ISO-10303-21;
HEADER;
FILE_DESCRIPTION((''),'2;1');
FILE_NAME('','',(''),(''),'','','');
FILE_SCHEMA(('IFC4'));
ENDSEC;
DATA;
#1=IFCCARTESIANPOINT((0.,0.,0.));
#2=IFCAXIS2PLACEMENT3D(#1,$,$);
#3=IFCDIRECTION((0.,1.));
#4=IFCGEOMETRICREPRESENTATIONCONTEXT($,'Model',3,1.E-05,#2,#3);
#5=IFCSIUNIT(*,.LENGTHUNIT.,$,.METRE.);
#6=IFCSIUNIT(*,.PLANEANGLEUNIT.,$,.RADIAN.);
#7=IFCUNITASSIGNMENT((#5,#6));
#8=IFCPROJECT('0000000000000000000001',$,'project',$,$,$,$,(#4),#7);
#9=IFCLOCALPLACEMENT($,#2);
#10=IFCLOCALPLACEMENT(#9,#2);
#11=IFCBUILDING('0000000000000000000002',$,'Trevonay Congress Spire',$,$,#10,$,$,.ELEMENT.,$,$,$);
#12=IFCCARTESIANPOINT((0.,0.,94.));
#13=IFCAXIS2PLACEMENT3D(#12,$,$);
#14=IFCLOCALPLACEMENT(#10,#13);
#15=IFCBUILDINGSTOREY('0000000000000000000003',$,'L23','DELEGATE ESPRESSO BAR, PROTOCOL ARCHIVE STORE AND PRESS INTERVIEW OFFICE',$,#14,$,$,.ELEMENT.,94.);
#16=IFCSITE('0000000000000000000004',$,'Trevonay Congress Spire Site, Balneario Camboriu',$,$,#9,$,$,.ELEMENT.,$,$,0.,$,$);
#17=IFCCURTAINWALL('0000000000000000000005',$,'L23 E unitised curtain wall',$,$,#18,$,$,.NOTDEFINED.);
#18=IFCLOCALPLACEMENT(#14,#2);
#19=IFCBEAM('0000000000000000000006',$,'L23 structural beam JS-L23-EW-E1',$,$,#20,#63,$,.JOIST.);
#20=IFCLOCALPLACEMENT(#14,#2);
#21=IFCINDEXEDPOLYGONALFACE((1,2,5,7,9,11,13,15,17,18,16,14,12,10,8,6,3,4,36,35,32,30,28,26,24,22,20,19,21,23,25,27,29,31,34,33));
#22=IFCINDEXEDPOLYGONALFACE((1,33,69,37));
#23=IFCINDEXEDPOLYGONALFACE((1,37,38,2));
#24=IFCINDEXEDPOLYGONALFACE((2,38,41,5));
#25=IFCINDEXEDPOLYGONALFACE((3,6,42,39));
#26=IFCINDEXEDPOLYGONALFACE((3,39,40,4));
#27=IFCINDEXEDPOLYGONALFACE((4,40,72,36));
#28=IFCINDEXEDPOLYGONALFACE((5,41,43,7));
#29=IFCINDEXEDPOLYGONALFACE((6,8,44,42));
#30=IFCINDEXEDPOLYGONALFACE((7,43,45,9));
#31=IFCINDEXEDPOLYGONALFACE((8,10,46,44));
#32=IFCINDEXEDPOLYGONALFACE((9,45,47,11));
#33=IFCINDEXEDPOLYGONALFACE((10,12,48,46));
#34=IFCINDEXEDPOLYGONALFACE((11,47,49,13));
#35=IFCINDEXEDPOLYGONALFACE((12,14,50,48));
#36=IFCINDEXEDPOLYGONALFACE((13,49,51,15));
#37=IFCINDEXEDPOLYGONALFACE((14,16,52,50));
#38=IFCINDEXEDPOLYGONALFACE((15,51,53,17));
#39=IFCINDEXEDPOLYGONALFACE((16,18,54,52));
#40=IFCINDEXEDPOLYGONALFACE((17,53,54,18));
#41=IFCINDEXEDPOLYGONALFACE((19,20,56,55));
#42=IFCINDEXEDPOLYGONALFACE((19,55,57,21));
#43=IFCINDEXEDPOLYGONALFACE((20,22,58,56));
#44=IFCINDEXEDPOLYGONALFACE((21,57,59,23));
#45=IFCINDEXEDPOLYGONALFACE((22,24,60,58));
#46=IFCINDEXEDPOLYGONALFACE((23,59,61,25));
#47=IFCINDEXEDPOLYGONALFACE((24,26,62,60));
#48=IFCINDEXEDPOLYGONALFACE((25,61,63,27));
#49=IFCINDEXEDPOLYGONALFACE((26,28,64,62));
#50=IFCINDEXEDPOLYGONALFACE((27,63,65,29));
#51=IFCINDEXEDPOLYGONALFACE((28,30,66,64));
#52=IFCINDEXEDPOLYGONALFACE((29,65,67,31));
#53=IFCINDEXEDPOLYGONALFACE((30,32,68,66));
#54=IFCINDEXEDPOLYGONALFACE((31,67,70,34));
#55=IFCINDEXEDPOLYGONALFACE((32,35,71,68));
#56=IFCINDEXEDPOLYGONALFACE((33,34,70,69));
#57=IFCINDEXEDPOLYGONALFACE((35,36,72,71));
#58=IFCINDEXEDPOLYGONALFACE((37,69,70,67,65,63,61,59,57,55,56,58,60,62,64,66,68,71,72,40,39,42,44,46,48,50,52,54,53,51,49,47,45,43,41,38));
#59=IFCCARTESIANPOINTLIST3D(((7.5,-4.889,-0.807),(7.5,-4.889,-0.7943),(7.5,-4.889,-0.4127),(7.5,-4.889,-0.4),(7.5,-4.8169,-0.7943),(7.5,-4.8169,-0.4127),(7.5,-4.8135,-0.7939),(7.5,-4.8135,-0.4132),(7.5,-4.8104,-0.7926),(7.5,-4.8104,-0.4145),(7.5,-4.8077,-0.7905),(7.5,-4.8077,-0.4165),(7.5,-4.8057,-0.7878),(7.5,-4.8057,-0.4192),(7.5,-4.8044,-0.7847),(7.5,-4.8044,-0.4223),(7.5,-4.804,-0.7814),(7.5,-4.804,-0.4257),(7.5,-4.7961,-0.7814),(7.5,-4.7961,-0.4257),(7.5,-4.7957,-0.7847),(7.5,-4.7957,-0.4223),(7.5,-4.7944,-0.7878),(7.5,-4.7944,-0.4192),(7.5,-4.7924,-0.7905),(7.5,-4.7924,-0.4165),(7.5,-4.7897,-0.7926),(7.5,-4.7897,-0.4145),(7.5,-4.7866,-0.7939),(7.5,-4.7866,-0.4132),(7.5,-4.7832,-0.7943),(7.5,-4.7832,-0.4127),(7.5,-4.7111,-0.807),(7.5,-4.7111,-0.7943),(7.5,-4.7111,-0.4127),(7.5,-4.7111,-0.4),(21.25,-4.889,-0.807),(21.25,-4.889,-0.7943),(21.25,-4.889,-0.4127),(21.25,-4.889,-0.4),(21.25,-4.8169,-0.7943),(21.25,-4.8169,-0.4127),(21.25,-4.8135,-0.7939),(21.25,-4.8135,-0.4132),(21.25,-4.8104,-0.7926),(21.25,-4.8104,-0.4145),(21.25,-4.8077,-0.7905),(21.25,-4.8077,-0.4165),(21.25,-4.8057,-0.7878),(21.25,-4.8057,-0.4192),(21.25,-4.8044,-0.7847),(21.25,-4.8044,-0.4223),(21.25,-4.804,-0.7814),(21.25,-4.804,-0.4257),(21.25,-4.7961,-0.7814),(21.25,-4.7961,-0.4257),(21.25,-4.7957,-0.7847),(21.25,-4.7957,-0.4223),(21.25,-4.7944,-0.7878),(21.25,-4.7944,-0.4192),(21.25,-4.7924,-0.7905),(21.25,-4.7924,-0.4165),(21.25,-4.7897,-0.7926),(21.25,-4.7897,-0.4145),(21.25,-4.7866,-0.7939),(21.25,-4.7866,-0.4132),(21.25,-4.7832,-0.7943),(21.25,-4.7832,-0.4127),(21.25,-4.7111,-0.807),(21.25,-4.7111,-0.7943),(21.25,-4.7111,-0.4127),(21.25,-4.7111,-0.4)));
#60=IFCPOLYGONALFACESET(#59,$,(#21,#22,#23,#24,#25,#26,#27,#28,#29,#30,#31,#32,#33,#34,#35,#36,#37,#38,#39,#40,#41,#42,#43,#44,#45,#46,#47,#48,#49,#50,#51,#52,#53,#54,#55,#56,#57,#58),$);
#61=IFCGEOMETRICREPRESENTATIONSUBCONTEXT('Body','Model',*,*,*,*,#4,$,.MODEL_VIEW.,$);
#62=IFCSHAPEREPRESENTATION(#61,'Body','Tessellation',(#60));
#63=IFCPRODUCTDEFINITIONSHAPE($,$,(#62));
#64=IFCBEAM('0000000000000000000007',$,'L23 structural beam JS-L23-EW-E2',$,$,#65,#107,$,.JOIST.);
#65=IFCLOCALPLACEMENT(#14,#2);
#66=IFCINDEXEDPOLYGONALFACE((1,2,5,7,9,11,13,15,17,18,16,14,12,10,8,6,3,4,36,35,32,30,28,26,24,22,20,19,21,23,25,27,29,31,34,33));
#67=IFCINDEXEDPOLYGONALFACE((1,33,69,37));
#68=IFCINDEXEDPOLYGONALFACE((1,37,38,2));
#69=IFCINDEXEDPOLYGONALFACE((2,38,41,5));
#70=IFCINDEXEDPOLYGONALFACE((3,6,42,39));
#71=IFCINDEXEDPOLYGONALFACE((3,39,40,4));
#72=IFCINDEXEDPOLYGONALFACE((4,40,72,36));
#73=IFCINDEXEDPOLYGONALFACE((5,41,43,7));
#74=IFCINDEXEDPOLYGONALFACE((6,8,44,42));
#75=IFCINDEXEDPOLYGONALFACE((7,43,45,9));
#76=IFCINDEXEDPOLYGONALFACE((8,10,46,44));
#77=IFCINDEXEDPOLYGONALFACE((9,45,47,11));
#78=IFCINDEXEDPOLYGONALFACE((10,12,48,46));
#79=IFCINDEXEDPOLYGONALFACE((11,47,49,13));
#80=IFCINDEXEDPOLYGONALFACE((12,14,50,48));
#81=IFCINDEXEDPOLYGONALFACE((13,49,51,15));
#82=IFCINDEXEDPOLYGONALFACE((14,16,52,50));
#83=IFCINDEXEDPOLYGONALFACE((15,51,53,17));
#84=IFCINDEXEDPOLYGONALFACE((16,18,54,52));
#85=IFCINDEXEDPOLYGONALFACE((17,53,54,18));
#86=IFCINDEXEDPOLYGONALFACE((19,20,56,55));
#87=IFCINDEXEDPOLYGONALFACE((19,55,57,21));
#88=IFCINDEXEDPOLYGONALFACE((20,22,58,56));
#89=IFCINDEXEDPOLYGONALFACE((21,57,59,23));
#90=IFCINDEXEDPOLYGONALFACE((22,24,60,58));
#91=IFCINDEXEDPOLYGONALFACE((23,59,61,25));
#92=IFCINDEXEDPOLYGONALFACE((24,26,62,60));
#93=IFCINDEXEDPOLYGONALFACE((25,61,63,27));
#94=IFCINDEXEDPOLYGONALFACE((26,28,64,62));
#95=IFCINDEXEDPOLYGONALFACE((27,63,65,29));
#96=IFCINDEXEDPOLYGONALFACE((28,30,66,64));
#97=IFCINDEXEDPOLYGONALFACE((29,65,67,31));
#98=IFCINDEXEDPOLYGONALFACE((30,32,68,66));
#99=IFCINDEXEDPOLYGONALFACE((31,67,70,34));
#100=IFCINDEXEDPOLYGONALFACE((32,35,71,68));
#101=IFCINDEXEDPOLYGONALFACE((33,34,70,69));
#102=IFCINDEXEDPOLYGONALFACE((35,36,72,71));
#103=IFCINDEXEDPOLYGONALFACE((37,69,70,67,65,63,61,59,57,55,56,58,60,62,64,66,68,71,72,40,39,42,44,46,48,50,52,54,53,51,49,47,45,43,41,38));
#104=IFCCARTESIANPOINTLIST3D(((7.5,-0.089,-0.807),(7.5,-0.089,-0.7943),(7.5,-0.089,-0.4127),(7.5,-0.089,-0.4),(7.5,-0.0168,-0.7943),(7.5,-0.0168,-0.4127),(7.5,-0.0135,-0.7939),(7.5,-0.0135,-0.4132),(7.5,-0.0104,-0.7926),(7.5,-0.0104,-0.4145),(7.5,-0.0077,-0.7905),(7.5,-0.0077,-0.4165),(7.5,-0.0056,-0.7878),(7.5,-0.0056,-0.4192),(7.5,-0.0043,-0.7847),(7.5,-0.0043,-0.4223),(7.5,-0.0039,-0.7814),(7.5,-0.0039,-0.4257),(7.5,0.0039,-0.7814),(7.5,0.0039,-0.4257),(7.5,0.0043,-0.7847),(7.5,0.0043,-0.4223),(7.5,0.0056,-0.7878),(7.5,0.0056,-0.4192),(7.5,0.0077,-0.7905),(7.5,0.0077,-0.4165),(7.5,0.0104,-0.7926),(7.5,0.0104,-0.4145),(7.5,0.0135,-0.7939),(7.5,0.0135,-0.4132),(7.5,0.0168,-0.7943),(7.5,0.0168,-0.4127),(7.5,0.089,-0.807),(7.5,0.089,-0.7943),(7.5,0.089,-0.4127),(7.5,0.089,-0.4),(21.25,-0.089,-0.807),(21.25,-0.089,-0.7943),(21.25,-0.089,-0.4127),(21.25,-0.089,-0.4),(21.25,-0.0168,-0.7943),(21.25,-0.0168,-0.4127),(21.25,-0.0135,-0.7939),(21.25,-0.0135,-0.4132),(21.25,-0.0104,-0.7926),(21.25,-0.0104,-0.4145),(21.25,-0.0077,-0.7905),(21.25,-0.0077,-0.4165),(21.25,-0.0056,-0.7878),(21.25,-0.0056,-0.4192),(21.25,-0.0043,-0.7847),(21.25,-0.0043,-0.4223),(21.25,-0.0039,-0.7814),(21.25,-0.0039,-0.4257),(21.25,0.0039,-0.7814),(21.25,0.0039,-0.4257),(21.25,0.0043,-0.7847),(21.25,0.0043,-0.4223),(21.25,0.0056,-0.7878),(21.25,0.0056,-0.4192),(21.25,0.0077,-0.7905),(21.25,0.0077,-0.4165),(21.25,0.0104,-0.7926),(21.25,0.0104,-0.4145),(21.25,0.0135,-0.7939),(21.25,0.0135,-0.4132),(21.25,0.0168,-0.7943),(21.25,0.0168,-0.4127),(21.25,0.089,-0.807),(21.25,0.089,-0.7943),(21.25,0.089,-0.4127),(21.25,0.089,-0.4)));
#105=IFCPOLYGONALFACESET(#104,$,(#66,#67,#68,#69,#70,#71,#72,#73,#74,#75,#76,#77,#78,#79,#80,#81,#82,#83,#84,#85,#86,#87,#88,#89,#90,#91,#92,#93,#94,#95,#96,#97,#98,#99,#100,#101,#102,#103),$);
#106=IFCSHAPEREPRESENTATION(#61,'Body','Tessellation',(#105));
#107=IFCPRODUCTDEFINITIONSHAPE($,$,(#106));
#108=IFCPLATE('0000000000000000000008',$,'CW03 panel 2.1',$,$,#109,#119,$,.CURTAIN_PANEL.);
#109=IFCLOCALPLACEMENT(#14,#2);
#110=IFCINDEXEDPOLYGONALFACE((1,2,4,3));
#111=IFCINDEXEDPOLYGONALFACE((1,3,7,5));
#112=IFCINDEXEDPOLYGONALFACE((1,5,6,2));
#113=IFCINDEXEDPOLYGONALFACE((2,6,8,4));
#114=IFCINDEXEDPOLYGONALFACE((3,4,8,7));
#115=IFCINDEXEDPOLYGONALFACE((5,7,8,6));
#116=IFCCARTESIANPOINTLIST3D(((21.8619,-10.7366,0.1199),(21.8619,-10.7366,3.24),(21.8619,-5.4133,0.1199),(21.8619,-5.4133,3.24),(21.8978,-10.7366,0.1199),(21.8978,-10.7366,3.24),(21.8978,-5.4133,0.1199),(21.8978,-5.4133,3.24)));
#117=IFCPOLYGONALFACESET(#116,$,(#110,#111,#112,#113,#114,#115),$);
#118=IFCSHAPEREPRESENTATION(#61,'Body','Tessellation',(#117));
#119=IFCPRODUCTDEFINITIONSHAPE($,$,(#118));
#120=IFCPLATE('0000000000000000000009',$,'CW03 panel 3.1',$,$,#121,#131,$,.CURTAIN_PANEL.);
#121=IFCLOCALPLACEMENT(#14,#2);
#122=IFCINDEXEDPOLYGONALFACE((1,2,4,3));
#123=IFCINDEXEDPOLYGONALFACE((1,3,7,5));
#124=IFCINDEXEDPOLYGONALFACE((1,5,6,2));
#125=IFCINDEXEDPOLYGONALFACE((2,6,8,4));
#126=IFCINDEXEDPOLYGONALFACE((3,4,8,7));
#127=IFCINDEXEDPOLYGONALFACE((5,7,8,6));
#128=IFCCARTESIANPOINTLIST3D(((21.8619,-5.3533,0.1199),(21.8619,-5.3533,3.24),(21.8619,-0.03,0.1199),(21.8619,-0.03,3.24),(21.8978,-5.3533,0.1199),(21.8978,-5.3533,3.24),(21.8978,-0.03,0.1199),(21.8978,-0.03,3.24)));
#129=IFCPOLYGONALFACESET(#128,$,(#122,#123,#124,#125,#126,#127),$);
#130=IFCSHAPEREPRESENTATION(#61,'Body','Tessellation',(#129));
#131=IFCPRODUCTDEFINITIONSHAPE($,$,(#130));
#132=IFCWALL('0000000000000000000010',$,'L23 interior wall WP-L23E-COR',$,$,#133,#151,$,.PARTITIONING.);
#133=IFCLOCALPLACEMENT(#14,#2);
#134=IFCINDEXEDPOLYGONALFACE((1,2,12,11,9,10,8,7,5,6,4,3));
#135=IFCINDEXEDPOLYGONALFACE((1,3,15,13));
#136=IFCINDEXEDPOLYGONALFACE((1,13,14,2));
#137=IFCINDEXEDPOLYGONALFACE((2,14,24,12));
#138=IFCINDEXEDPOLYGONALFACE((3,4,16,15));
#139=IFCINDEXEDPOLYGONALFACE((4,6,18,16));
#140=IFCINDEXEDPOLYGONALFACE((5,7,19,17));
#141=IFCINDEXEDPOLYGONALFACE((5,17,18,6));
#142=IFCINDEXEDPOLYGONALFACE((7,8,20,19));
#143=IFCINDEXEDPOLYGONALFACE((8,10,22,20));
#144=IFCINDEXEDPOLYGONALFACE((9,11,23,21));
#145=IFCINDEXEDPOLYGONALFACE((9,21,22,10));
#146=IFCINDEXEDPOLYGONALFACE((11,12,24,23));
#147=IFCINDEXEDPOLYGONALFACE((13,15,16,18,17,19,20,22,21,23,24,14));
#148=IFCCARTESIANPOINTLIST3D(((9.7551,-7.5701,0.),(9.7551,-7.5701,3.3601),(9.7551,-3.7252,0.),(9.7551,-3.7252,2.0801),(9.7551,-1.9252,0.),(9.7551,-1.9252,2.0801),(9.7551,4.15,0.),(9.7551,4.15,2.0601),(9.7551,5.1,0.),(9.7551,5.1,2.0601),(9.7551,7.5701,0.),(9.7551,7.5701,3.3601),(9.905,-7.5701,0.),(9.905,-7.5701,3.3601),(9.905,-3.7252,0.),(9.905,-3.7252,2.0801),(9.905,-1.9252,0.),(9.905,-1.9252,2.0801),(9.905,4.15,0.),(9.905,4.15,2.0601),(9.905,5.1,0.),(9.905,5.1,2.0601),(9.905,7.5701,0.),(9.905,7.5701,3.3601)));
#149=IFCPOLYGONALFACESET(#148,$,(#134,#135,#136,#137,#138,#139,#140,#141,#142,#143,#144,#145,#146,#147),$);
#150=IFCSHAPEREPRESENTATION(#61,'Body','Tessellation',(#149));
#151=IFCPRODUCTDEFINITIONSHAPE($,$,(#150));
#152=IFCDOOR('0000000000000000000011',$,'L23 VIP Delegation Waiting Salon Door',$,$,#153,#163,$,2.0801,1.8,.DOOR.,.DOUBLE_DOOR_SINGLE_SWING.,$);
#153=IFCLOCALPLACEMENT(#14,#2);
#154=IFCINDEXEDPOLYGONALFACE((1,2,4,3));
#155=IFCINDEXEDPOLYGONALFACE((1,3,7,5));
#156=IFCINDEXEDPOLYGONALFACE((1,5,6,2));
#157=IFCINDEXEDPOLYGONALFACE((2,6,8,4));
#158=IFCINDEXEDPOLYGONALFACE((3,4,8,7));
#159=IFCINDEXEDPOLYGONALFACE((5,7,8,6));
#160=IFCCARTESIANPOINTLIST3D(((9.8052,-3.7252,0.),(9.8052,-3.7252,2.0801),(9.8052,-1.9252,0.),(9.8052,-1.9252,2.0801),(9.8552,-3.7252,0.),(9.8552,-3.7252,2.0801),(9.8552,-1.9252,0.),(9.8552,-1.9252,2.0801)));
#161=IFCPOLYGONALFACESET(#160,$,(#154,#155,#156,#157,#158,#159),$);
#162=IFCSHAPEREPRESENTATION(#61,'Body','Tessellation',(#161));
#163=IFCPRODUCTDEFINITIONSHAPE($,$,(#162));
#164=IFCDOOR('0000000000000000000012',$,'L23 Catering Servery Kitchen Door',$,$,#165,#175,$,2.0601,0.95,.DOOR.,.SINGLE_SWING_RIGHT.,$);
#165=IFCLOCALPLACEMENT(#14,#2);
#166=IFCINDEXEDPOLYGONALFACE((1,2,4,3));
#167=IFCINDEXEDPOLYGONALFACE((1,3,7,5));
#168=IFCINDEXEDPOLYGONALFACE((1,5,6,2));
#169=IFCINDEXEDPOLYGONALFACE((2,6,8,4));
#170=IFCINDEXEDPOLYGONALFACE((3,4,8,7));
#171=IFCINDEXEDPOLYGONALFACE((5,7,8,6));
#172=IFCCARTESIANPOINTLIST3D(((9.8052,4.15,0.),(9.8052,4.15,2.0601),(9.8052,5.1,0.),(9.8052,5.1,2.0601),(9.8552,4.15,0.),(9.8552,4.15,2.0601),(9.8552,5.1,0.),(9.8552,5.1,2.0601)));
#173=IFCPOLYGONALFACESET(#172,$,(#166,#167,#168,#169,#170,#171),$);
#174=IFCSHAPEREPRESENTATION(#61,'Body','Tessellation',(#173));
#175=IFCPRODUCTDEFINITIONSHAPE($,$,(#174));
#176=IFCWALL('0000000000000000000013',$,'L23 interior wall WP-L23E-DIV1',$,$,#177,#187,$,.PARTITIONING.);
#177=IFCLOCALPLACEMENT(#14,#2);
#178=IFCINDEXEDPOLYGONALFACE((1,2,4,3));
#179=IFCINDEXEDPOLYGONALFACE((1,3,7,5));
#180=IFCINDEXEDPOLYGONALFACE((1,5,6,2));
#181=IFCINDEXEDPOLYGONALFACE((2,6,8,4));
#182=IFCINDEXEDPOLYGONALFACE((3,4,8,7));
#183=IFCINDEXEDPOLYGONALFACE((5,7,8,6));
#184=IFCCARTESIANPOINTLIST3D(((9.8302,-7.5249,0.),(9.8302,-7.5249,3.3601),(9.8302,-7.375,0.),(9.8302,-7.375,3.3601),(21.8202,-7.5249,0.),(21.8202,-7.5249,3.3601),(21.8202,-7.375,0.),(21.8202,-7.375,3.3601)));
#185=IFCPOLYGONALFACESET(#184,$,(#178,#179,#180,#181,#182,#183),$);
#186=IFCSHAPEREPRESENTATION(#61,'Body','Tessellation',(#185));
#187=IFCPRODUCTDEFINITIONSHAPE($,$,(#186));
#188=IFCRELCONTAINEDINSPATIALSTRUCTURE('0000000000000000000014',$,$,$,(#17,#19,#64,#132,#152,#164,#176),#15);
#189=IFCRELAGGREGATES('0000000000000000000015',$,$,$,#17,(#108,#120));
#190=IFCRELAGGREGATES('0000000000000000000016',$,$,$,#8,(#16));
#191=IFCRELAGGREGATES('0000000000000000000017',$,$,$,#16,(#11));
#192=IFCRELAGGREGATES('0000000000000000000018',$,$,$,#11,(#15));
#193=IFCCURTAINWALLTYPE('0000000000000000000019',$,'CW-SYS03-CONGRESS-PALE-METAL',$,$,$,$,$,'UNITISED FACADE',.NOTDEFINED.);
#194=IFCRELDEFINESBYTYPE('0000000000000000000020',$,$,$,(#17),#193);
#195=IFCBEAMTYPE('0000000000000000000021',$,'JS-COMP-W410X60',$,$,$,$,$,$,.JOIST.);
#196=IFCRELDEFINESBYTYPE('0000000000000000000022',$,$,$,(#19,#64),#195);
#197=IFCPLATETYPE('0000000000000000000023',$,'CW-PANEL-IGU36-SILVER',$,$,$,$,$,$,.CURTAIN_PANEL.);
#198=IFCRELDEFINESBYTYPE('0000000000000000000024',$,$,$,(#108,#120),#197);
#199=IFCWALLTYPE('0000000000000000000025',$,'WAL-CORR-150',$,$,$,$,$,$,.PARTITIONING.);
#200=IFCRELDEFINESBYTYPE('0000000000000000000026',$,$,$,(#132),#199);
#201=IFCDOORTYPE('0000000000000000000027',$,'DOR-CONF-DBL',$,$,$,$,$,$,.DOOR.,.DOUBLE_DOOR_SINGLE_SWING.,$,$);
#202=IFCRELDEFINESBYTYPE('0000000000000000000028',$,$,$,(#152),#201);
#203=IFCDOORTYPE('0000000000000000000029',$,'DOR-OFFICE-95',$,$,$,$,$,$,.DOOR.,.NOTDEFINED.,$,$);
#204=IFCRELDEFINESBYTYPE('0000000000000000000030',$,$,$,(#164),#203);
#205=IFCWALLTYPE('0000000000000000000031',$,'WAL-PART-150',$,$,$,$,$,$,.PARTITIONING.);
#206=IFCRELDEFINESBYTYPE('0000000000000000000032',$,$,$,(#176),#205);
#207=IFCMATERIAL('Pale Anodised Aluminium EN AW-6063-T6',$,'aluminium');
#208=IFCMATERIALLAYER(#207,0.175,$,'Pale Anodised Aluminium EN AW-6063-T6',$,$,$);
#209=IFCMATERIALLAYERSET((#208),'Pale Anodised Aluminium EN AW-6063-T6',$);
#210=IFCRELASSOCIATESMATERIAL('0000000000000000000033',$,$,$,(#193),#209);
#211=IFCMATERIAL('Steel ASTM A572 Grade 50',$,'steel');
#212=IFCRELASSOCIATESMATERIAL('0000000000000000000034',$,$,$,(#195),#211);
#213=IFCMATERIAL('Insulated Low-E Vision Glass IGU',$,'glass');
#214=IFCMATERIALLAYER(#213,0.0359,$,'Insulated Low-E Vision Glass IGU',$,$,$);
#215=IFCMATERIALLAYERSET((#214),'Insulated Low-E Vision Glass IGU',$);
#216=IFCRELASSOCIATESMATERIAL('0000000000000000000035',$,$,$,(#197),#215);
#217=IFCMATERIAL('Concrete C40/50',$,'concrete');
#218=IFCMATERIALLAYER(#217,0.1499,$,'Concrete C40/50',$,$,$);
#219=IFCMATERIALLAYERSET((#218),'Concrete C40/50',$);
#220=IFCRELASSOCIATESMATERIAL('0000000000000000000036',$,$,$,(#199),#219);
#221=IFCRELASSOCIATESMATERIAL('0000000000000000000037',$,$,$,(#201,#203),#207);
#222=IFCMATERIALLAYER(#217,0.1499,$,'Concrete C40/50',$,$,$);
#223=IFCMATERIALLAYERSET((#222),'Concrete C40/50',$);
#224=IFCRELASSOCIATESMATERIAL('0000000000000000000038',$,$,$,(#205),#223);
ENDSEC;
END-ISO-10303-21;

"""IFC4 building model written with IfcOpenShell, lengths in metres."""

from ifc_helpers import new_model, si_unit, direction, frame, frame_2d, origin, origin_2d, place, context, subcontext, project, spatial, rectangle, i_section, extrude, material, layer, layer_set, material_profile, profile_set, type_object, element, fill, aggregate, save


model = new_model("IFC4")

# Units and contexts
model_context = context("Model", 3, precision=1e-05, world=origin(), true_north=direction((0.0, 1.0)))
body_context = subcontext(model_context, "Body", "Model", "MODEL_VIEW")
ifc_project = project(units=[si_unit("LENGTHUNIT", "METRE"), si_unit("PLANEANGLEUNIT", "RADIAN")], contexts=[model_context])

# Site, building, storey
site_placement = place(None, origin())
site = spatial("IfcSite", under=ifc_project, at=site_placement, Name="Trevonay Congress Spire Site, Balneario Camboriu", CompositionType="ELEMENT", RefElevation=0.0)
building_placement = place(site_placement, origin())
building = spatial("IfcBuilding", under=site, at=building_placement, Name="Trevonay Congress Spire", CompositionType="ELEMENT")
storey_placement = place(building_placement, frame((0.0, 0.0, 94.0)))
storey = spatial("IfcBuildingStorey", under=building, at=storey_placement, Name="L23", Description="DELEGATE ESPRESSO BAR, PROTOCOL ARCHIVE STORE AND PRESS INTERVIEW OFFICE", CompositionType="ELEMENT", Elevation=94.0)

# Shared definitions
ifc_material_1 = material(Name="Steel ASTM A572 Grade 50", Category="steel")

# Curtain wall
ifc_material_2 = material(Name="Pale Anodised Aluminium EN AW-6063-T6", Category="aluminium")
ifc_layer_1 = layer(ifc_material_2, 0.175, Name="Pale Anodised Aluminium EN AW-6063-T6")
ifc_layer_set_1 = layer_set([ifc_layer_1], Name="Pale Anodised Aluminium EN AW-6063-T6")
curtain_wall_type = type_object("IfcCurtainWallType", Name="CW-SYS03-CONGRESS-PALE-METAL", ElementType="UNITISED FACADE", PredefinedType="NOTDEFINED", material=ifc_layer_set_1)
curtain_wall_placement = place(storey_placement, origin())
curtain_wall = element("IfcCurtainWall", 1, at=curtain_wall_placement, inside=storey, type_object=curtain_wall_type, Name="L23 E unitised curtain wall", PredefinedType="NOTDEFINED")

# Beams
ifc_material_profile_1 = material_profile(ifc_material_1, i_section(OverallWidth=0.178, OverallDepth=0.407, WebThickness=0.0078, FlangeThickness=0.0127, FilletRadius=0.0129, at=origin_2d()), Name="W410x60")
ifc_profile_set_1 = profile_set([ifc_material_profile_1], Name="Steel ASTM A572 Grade 50")
beam_type_1 = type_object("IfcBeamType", Name="JS-COMP-W410X60", PredefinedType="JOIST", material=ifc_profile_set_1)
for number, where, z_axis, x_axis, name in (
    (2, (7.5, -4.8, -0.6035), (1.0, 0.0, 0.0), (0.0, 1.0, 0.0), "L23 structural beam JS-L23-EW-E1"),
    (3, (7.5, 0.0, -0.6035), (1.0, 0.0, 0.0), (0.0, 1.0, 0.0), "L23 structural beam JS-L23-EW-E2"),
):
    element("IfcBeam", number, at=place(storey_placement, frame(where, z_axis=z_axis, x_axis=x_axis)), inside=storey, type_object=beam_type_1, Name=name, PredefinedType="JOIST", context=body_context, shape_type="SweptSolid", body=[
        extrude(i_section(OverallWidth=0.178, OverallDepth=0.407, WebThickness=0.0078, FlangeThickness=0.0127, FilletRadius=0.0129, at=origin_2d()), origin(), (0.0, 0.0, 1.0), 13.75),
    ])

# Plates
ifc_material_3 = material(Name="Insulated Low-E Vision Glass IGU", Category="glass")
ifc_layer_2 = layer(ifc_material_3, 0.0359, Name="Insulated Low-E Vision Glass IGU")
ifc_layer_set_2 = layer_set([ifc_layer_2], Name="Insulated Low-E Vision Glass IGU")
plate_type = type_object("IfcPlateType", Name="CW-PANEL-IGU36-SILVER", PredefinedType="CURTAIN_PANEL", material=ifc_layer_set_2)
plate_1_placement = place(storey_placement, frame((21.8799, -8.075, 0.1199), z_axis=(0.0, 0.0, 1.0), x_axis=(0.0, 1.0, 0.0)))
plate_1 = element("IfcPlate", 4, at=plate_1_placement, type_object=plate_type, Name="CW03 panel 2.1", PredefinedType="CURTAIN_PANEL", context=body_context, shape_type="SweptSolid", body=[
    extrude(rectangle(XDim=5.3232, YDim=0.0359, at=origin_2d()), origin(), (0.0, 0.0, 1.0), 3.1201),
])
plate_2_placement = place(storey_placement, frame((21.8799, -2.6917, 0.1199), z_axis=(0.0, 0.0, 1.0), x_axis=(0.0, 1.0, 0.0)))
plate_2 = element("IfcPlate", 5, at=plate_2_placement, type_object=plate_type, Name="CW03 panel 3.1", PredefinedType="CURTAIN_PANEL", context=body_context, shape_type="SweptSolid", body=[
    extrude(rectangle(XDim=5.3232, YDim=0.0359, at=origin_2d()), origin(), (0.0, 0.0, 1.0), 3.1201),
])
aggregate(curtain_wall, [plate_1, plate_2])

# Wall, openings, doors
ifc_material_4 = material(Name="Concrete C40/50", Category="concrete")
ifc_layer_3 = layer(ifc_material_4, 0.1499, Name="Concrete C40/50")
ifc_layer_set_3 = layer_set([ifc_layer_3], Name="Concrete C40/50")
wall_type_1 = type_object("IfcWallType", Name="WAL-CORR-150", PredefinedType="PARTITIONING", material=ifc_layer_set_3)
wall_1_placement = place(storey_placement, frame((9.8301, -7.5701, 0.0), z_axis=(0.0, 0.0, 1.0), x_axis=(0.0, 1.0, 0.0)))
wall_1 = element("IfcWall", 6, at=wall_1_placement, inside=storey, type_object=wall_type_1, Name="L23 interior wall WP-L23E-COR", PredefinedType="PARTITIONING", context=body_context, shape_type="SweptSolid", body=[
    extrude(rectangle(XDim=15.1401, YDim=0.1499, at=frame_2d((7.5701, 0.0))), origin(), (0.0, 0.0, 1.0), 3.3601),
])
opening_1_placement = place(wall_1_placement, frame((3.845, 0.0, 0.0)))
opening_1 = element("IfcOpeningElement", 7, at=opening_1_placement, cuts=wall_1, PredefinedType="OPENING", context=body_context, shape_type="SweptSolid", body=[
    extrude(rectangle(XDim=1.8, YDim=2.0801, at=frame_2d((0.8999, 1.04))), frame((0.0, 0.085, 0.0), z_axis=(0.0, -1.0, 0.0), x_axis=(1.0, 0.0, 0.0)), (0.0, 0.0, 1.0), 0.1699),
])
opening_2_placement = place(wall_1_placement, frame((11.72, 0.0, 0.0)))
opening_2 = element("IfcOpeningElement", 8, at=opening_2_placement, cuts=wall_1, PredefinedType="OPENING", context=body_context, shape_type="SweptSolid", body=[
    extrude(rectangle(XDim=0.95, YDim=2.0601, at=frame_2d((0.4751, 1.03))), frame((0.0, 0.085, 0.0), z_axis=(0.0, -1.0, 0.0), x_axis=(1.0, 0.0, 0.0)), (0.0, 0.0, 1.0), 0.1699),
])
door_type_1 = type_object("IfcDoorType", Name="DOR-CONF-DBL", OperationType="DOUBLE_DOOR_SINGLE_SWING", PredefinedType="DOOR", material=ifc_material_2)
door_1_placement = place(opening_1_placement, origin())
door_1 = element("IfcDoor", 9, at=door_1_placement, inside=storey, type_object=door_type_1, Name="L23 VIP Delegation Waiting Salon Door", OperationType="DOUBLE_DOOR_SINGLE_SWING", OverallHeight=2.0801, OverallWidth=1.8, PredefinedType="DOOR", context=body_context, shape_type="SweptSolid", body=[
    extrude(rectangle(XDim=1.8, YDim=2.0801, at=frame_2d((0.8999, 1.04))), frame((0.0, 0.0249, 0.0), z_axis=(0.0, -1.0, 0.0), x_axis=(1.0, 0.0, 0.0)), (0.0, 0.0, 1.0), 0.05),
])
fill(opening_1, door_1)
door_type_2 = type_object("IfcDoorType", Name="DOR-OFFICE-95", OperationType="NOTDEFINED", PredefinedType="DOOR", material=ifc_material_2)
door_2_placement = place(opening_2_placement, origin())
door_2 = element("IfcDoor", 10, at=door_2_placement, inside=storey, type_object=door_type_2, Name="L23 Catering Servery Kitchen Door", OperationType="SINGLE_SWING_RIGHT", OverallHeight=2.0601, OverallWidth=0.95, PredefinedType="DOOR", context=body_context, shape_type="SweptSolid", body=[
    extrude(rectangle(XDim=0.95, YDim=2.0601, at=frame_2d((0.4751, 1.03))), frame((0.0, 0.0249, 0.0), z_axis=(0.0, -1.0, 0.0), x_axis=(1.0, 0.0, 0.0)), (0.0, 0.0, 1.0), 0.05),
])
fill(opening_2, door_2)

# Wall
ifc_layer_4 = layer(ifc_material_4, 0.1499, Name="Concrete C40/50")
ifc_layer_set_4 = layer_set([ifc_layer_4], Name="Concrete C40/50")
wall_type_2 = type_object("IfcWallType", Name="WAL-PART-150", PredefinedType="PARTITIONING", material=ifc_layer_set_4)
wall_2_placement = place(storey_placement, frame((9.8301, -7.45, 0.0), z_axis=(0.0, 0.0, 1.0), x_axis=(1.0, 0.0, 0.0)))
element("IfcWall", 11, at=wall_2_placement, inside=storey, type_object=wall_type_2, Name="L23 interior wall WP-L23E-DIV1", PredefinedType="PARTITIONING", context=body_context, shape_type="SweptSolid", body=[
    extrude(rectangle(XDim=11.99, YDim=0.1499, at=frame_2d((5.9951, 0.0))), origin(), (0.0, 0.0, 1.0), 3.3601),
])

save(model, "model.ifc")
